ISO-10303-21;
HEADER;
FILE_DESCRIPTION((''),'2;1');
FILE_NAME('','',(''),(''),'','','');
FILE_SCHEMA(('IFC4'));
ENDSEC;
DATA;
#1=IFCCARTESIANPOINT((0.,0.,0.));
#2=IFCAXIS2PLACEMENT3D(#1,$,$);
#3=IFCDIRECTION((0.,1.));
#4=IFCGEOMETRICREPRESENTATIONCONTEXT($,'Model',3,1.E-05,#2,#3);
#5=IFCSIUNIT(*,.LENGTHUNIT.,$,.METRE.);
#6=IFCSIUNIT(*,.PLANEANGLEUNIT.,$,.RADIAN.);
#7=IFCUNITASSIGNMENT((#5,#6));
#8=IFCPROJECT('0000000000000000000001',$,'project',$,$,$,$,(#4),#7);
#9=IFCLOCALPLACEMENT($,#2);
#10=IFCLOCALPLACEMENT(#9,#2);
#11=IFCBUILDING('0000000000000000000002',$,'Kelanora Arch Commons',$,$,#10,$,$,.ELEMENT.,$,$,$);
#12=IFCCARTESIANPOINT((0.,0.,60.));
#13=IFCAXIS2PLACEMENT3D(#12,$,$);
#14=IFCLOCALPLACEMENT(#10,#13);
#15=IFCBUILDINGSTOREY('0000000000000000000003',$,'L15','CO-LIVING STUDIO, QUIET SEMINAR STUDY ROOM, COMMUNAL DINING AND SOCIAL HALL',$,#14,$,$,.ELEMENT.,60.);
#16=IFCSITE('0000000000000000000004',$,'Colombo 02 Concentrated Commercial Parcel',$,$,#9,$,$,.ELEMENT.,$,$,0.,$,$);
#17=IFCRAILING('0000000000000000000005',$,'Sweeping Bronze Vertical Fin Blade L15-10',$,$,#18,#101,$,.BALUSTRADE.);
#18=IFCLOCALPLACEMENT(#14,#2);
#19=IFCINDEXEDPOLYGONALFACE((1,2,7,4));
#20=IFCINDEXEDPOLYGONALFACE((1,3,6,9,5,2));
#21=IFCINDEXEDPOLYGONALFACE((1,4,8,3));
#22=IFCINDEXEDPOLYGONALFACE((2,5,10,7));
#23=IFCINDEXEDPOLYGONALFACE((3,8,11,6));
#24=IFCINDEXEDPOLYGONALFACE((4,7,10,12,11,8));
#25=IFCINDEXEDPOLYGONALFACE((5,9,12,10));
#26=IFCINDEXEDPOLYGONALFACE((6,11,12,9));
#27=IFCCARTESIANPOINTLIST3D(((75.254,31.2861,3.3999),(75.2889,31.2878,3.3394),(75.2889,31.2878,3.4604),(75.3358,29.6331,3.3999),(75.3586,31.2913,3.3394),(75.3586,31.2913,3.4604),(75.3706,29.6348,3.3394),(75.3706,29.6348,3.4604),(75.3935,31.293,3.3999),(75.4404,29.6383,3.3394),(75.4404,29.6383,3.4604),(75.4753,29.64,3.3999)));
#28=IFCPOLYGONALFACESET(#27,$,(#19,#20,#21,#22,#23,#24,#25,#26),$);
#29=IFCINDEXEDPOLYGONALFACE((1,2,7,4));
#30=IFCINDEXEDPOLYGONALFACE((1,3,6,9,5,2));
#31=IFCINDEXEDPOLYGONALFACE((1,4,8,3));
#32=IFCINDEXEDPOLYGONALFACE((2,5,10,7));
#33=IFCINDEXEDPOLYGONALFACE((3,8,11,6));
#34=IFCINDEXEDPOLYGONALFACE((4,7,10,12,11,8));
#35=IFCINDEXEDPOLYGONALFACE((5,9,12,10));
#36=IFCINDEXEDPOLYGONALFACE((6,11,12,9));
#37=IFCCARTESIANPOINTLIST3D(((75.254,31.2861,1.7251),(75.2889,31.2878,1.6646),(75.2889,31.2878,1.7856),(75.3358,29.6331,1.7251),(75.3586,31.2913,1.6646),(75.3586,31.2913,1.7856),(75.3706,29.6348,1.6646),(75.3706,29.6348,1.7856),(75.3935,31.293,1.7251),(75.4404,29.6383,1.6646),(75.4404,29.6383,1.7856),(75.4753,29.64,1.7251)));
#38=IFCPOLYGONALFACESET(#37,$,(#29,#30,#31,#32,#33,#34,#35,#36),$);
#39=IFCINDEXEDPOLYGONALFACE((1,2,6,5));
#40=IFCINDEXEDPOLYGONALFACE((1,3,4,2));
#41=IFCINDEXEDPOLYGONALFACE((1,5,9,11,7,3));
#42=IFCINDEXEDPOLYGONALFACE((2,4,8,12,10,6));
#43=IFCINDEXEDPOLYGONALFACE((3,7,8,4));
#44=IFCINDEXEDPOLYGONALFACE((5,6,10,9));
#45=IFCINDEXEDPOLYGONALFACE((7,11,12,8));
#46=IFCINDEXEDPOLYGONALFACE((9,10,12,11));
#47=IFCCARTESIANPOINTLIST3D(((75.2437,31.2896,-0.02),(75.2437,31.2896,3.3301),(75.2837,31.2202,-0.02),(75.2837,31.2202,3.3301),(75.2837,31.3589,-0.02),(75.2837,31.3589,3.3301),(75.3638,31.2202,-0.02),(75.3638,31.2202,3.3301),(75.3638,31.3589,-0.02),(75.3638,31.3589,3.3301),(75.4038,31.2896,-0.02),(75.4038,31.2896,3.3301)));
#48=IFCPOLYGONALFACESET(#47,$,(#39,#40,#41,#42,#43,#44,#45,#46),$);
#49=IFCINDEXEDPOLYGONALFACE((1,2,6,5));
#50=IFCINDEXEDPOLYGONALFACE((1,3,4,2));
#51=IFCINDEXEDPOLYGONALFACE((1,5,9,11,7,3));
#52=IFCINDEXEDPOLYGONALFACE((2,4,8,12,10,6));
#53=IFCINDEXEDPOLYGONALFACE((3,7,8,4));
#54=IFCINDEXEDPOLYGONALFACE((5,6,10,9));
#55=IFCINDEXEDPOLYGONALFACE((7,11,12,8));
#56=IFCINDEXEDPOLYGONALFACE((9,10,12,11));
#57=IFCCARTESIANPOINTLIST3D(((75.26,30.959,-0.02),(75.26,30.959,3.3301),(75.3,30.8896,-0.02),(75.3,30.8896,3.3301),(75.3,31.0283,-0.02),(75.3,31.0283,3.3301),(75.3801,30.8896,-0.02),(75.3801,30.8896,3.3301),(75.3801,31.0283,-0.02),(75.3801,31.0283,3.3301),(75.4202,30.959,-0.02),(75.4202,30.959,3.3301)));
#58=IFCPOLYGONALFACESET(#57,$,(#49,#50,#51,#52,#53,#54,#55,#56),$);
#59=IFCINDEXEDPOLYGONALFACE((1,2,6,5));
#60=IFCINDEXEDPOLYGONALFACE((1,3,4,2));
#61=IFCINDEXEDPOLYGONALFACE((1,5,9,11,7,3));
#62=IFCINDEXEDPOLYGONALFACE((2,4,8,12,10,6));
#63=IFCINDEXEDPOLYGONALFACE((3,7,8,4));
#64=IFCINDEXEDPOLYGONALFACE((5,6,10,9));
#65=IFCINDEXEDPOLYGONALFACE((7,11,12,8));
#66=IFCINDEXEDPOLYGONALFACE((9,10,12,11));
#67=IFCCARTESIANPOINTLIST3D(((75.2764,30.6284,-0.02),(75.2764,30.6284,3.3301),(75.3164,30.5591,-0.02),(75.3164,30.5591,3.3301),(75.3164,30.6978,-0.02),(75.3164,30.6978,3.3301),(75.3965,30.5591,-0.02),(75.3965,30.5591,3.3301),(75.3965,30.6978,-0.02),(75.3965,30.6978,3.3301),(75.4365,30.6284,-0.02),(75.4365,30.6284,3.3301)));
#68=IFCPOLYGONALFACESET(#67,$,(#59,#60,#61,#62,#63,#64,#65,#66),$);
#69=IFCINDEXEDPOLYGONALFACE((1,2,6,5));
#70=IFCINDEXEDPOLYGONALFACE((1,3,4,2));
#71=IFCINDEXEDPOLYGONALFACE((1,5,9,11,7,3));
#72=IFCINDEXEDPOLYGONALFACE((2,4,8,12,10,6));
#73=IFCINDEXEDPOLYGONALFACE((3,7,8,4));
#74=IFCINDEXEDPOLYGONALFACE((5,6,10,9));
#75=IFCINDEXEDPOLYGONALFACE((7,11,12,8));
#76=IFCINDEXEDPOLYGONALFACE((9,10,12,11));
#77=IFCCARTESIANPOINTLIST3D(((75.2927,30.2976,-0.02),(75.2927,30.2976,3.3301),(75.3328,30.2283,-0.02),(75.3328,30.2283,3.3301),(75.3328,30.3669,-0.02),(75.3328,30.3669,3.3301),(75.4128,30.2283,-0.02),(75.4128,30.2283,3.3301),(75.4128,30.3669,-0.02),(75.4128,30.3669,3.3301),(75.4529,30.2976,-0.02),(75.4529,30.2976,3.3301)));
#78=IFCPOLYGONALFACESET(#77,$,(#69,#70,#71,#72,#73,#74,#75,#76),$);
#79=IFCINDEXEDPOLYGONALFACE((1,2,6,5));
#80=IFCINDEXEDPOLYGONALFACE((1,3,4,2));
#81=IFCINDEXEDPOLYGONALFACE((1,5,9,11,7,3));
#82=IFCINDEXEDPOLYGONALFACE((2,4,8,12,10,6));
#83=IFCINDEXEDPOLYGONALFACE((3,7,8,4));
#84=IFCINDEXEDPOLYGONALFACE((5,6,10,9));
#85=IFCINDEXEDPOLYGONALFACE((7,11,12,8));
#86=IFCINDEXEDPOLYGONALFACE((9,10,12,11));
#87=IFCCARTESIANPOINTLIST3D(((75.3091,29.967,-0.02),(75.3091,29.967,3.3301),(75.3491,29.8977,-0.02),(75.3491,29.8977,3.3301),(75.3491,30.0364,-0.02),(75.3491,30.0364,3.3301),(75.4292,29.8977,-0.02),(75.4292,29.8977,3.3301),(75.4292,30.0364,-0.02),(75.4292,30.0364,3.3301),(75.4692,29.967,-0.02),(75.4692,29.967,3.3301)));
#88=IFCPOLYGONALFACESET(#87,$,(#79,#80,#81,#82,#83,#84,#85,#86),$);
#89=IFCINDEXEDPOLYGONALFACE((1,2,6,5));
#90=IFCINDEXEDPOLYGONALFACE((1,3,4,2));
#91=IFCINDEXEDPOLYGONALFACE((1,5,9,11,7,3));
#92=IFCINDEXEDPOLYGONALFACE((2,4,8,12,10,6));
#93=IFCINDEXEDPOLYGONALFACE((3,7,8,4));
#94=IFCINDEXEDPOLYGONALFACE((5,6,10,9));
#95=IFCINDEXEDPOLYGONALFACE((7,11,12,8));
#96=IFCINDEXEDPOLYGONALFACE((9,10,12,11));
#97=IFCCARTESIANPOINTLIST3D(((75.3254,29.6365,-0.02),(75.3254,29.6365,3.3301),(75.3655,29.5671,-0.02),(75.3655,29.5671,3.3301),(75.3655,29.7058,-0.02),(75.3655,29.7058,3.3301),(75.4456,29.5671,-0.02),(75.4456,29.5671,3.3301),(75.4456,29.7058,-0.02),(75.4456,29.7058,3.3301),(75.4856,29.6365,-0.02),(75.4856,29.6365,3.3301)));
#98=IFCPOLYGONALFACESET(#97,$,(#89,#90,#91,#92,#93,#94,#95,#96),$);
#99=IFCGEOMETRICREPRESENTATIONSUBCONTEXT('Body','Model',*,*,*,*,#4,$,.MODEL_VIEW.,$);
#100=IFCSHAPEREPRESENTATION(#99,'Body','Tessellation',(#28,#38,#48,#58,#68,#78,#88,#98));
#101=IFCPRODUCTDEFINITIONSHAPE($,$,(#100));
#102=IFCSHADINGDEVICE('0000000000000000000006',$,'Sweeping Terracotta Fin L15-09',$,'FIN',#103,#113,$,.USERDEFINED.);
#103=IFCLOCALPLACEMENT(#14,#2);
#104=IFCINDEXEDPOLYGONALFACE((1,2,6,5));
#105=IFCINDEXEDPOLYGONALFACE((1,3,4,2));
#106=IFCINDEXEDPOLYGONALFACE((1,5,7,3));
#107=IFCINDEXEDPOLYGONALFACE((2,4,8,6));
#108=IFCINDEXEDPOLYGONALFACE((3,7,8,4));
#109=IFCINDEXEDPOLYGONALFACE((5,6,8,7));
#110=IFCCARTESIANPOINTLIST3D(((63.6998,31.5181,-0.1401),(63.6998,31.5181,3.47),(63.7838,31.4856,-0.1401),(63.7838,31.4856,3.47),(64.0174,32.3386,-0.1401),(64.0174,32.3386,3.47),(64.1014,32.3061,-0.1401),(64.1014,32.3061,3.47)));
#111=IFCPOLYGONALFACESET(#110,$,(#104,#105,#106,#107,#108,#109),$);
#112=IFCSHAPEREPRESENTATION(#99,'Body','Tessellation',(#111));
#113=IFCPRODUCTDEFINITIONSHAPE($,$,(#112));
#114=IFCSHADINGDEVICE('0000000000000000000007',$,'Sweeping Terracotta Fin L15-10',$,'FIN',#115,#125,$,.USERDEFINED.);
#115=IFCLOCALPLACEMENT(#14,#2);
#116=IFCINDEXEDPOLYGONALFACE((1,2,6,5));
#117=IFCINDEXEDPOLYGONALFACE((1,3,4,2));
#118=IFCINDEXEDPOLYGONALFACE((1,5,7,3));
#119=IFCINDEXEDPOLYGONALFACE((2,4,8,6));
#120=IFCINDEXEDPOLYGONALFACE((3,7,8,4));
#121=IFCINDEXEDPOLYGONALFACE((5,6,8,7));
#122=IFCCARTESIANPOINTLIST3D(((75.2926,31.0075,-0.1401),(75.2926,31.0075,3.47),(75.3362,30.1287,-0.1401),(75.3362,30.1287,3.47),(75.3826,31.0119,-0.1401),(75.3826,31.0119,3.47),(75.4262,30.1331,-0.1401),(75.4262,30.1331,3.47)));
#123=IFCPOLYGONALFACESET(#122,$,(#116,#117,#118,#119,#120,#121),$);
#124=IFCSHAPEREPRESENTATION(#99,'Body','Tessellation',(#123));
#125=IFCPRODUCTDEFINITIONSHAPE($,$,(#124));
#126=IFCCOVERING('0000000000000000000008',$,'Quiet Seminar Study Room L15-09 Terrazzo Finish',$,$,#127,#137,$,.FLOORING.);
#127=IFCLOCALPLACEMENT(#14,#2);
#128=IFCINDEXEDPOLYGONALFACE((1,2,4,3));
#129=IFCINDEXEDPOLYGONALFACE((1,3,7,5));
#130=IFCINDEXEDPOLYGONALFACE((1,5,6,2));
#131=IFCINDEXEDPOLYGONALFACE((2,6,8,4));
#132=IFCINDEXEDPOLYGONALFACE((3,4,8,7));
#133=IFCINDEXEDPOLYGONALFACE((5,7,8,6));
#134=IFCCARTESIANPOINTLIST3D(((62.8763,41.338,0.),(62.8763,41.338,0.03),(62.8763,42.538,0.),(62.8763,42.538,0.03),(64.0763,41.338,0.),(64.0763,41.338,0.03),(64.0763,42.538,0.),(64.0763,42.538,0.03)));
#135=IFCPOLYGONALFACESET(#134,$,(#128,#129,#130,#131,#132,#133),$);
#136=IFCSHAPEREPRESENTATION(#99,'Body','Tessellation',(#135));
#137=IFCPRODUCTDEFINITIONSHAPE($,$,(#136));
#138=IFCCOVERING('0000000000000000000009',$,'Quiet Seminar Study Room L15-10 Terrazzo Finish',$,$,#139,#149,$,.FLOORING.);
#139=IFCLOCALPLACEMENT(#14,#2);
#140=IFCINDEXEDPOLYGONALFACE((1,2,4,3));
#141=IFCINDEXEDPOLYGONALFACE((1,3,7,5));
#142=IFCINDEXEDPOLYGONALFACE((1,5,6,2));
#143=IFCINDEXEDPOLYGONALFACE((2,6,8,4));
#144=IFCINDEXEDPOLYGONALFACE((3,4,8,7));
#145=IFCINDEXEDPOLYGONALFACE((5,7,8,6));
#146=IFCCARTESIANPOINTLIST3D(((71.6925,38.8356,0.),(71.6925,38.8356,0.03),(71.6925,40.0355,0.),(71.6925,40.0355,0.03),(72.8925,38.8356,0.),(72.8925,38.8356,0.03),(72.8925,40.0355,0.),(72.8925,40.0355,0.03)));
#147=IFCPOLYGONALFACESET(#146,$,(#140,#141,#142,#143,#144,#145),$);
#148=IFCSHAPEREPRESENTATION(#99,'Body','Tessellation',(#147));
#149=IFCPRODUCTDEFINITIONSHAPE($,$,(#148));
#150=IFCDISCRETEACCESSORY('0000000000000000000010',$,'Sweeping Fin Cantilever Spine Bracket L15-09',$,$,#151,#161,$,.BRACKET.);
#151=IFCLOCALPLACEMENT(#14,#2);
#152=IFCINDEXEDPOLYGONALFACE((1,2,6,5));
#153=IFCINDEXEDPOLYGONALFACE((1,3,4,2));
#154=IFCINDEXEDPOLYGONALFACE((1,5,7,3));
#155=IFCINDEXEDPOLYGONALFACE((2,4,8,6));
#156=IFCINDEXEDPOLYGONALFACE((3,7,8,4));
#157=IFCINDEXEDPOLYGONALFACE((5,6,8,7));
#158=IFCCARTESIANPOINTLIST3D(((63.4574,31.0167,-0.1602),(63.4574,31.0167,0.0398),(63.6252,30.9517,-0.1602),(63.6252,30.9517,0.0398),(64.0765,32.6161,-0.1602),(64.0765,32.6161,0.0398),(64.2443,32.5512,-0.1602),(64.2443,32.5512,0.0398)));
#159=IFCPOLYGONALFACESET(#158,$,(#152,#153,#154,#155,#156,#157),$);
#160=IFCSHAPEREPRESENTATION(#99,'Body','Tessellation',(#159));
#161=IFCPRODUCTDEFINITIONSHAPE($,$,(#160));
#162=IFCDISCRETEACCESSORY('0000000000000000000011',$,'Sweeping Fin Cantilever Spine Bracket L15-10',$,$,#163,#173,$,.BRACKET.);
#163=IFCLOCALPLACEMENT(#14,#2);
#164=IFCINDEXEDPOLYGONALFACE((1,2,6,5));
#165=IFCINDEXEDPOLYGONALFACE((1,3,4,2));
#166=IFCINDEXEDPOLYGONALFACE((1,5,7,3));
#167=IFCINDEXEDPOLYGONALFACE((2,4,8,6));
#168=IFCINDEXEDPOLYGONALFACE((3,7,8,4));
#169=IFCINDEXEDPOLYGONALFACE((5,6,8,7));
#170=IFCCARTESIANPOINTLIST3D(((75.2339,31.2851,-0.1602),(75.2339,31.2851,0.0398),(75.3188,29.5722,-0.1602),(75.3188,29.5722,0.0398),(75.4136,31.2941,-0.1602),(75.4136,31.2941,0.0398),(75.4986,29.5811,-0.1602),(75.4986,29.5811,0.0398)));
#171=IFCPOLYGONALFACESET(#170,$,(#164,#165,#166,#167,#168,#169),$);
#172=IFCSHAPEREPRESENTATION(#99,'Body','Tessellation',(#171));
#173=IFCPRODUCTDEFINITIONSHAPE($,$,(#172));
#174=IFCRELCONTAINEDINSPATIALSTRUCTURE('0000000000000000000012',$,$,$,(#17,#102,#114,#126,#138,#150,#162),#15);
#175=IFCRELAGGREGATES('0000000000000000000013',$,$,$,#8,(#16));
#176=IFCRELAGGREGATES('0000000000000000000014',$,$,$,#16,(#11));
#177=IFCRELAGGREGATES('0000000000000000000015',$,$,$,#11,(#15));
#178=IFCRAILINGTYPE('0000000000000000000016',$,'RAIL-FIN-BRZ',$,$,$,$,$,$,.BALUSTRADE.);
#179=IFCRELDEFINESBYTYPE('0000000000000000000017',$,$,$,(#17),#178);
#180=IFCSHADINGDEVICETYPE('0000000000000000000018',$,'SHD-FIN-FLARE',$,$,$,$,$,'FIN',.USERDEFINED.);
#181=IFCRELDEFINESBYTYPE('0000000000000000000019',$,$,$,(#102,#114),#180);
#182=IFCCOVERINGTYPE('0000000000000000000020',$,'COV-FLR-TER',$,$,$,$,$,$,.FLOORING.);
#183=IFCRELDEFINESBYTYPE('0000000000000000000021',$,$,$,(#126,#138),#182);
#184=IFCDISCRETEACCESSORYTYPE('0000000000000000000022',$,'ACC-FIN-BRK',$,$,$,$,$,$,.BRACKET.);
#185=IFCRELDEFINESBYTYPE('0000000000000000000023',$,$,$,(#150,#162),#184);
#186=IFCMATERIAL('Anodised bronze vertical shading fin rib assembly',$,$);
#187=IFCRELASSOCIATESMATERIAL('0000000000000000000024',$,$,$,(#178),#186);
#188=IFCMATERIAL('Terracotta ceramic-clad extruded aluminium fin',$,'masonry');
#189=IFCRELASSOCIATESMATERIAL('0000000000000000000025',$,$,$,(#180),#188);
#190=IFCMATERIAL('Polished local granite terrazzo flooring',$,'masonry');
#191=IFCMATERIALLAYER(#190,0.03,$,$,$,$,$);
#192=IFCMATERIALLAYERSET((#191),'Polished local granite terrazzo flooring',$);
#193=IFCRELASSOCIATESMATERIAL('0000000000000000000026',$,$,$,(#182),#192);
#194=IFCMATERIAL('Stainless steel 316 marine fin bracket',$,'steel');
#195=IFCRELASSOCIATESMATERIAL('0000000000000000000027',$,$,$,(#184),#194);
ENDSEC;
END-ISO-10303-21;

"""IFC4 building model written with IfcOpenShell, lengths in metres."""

from ifc_helpers import new_model, si_unit, direction, frame, origin, origin_2d, place, context, subcontext, project, spatial, polyline, rectangle, outline, extrude, source, transform, mapped, material, layer, layer_set, type_object, element, save


model = new_model("IFC4")

# Units and contexts
model_context = context("Model", 3, precision=1e-05, world=origin(), true_north=direction((0.0, 1.0)))
body_context = subcontext(model_context, "Body", "Model", "MODEL_VIEW")
ifc_project = project(units=[si_unit("LENGTHUNIT", "METRE"), si_unit("PLANEANGLEUNIT", "RADIAN")], contexts=[model_context])

# Site, building, storey
site_placement = place(None, origin())
site = spatial("IfcSite", under=ifc_project, at=site_placement, Name="Colombo 02 Concentrated Commercial Parcel", CompositionType="ELEMENT", RefElevation=0.0)
building_placement = place(site_placement, origin())
building = spatial("IfcBuilding", under=site, at=building_placement, Name="Kelanora Arch Commons", CompositionType="ELEMENT")
storey_placement = place(building_placement, frame((0.0, 0.0, 60.0)))
storey = spatial("IfcBuildingStorey", under=building, at=storey_placement, Name="L15", Description="CO-LIVING STUDIO, QUIET SEMINAR STUDY ROOM, COMMUNAL DINING AND SOCIAL HALL", CompositionType="ELEMENT", Elevation=60.0)

# Railing
ifc_material_1 = material(Name="Anodised bronze vertical shading fin rib assembly")
railing_type = type_object("IfcRailingType", Name="RAIL-FIN-BRZ", PredefinedType="BALUSTRADE", material=ifc_material_1)
railing_1_placement = place(storey_placement, frame((75.3237, 31.2896, -0.02)))
element("IfcRailing", 1, at=railing_1_placement, inside=storey, type_object=railing_type, Name="Sweeping Bronze Vertical Fin Blade L15-10", PredefinedType="BALUSTRADE", context=body_context, shape_type="SweptSolid", body=[
    extrude(outline(polyline([(0.0698, 0.0), (0.0349, 0.0605), (-0.0349, 0.0605), (-0.0698, 0.0), (-0.0349, -0.0605), (0.0349, -0.0605), (0.0698, 0.0)])), frame((0.0, 0.0, 3.4199), z_axis=(0.049415, -0.998778, 0.0), x_axis=(0.998778, 0.049415, 0.0)), (0.0, 0.0, 1.0), 1.655),
    extrude(outline(polyline([(0.0698, 0.0), (0.0349, 0.0605), (-0.0349, 0.0605), (-0.0698, 0.0), (-0.0349, -0.0605), (0.0349, -0.0605), (0.0698, 0.0)])), frame((0.0, 0.0, 1.7451), z_axis=(0.049415, -0.998778, 0.0), x_axis=(0.998778, 0.049415, 0.0)), (0.0, 0.0, 1.0), 1.655),
    extrude(outline(polyline([(0.0801, 0.0), (0.04, 0.0693), (-0.04, 0.0693), (-0.0801, 0.0), (-0.04, -0.0693), (0.04, -0.0693), (0.0801, 0.0)])), origin(), (0.0, 0.0, 1.0), 3.3501),
    extrude(outline(polyline([(0.0801, 0.0), (0.04, 0.0693), (-0.04, 0.0693), (-0.0801, 0.0), (-0.04, -0.0693), (0.04, -0.0693), (0.0801, 0.0)])), frame((0.0164, -0.3306, 0.0)), (0.0, 0.0, 1.0), 3.3501),
    extrude(outline(polyline([(0.0801, 0.0), (0.04, 0.0693), (-0.04, 0.0693), (-0.0801, 0.0), (-0.04, -0.0693), (0.04, -0.0693), (0.0801, 0.0)])), frame((0.0327, -0.6611, 0.0)), (0.0, 0.0, 1.0), 3.3501),
    extrude(outline(polyline([(0.0801, 0.0), (0.04, 0.0693), (-0.04, 0.0693), (-0.0801, 0.0), (-0.04, -0.0693), (0.04, -0.0693), (0.0801, 0.0)])), frame((0.0491, -0.9919, 0.0)), (0.0, 0.0, 1.0), 3.3501),
    extrude(outline(polyline([(0.0801, 0.0), (0.04, 0.0693), (-0.04, 0.0693), (-0.0801, 0.0), (-0.04, -0.0693), (0.04, -0.0693), (0.0801, 0.0)])), frame((0.0654, -1.3225, 0.0)), (0.0, 0.0, 1.0), 3.3501),
    extrude(outline(polyline([(0.0801, 0.0), (0.04, 0.0693), (-0.04, 0.0693), (-0.0801, 0.0), (-0.04, -0.0693), (0.04, -0.0693), (0.0801, 0.0)])), frame((0.0818, -1.6531, 0.0)), (0.0, 0.0, 1.0), 3.3501),
])

# Shading devices
ifc_material_2 = material(Name="Terracotta ceramic-clad extruded aluminium fin", Category="masonry")
shading_device_type = type_object("IfcShadingDeviceType", Name="SHD-FIN-FLARE", ElementType="FIN", PredefinedType="USERDEFINED", material=ifc_material_2)
shared_shape_1 = source(origin(), body_context, "Body", "SweptSolid", [
    extrude(rectangle(XDim=0.8799, YDim=0.0901, at=origin_2d()), origin(), (0.0, 0.0, 1.0), 3.6101),
])
for number, where, z_axis, x_axis, name in (
    (2, (63.9006, 31.9121, -0.1401), (0.0, 0.0, 1.0), (-0.360974, -0.932576, 0.0), "Sweeping Terracotta Fin L15-09"),
    (3, (75.3594, 30.5703, -0.1401), (0.0, 0.0, 1.0), (0.049547, -0.998772, 0.0), "Sweeping Terracotta Fin L15-10"),
):
    element("IfcShadingDevice", number, at=place(storey_placement, frame(where, z_axis=z_axis, x_axis=x_axis)), inside=storey, type_object=shading_device_type, Name=name, ObjectType="FIN", PredefinedType="USERDEFINED", context=body_context, shape_type="MappedRepresentation", body=[
        mapped(shared_shape_1, transform((0.0, 0.0, 0.0), scale=1.0)),
    ])

# Coverings
ifc_material_3 = material(Name="Polished local granite terrazzo flooring", Category="masonry")
ifc_layer_1 = layer(ifc_material_3, 0.03)
ifc_layer_set_1 = layer_set([ifc_layer_1], Name="Polished local granite terrazzo flooring")
covering_type = type_object("IfcCoveringType", Name="COV-FLR-TER", PredefinedType="FLOORING", material=ifc_layer_set_1)
shared_shape_2 = source(origin(), body_context, "Body", "SweptSolid", [
    extrude(rectangle(XDim=1.2, YDim=1.2, at=origin_2d()), origin(), (0.0, 0.0, 1.0), 0.03),
])
for number, where, z_axis, x_axis, name in (
    (4, (63.4763, 41.938, 0.0), (0.0, 0.0, 1.0), (1.0, 0.0, 0.0), "Quiet Seminar Study Room L15-09 Terrazzo Finish"),
    (5, (72.2925, 39.4355, 0.0), (0.0, 0.0, 1.0), (1.0, 0.0, 0.0), "Quiet Seminar Study Room L15-10 Terrazzo Finish"),
):
    element("IfcCovering", number, at=place(storey_placement, frame(where, z_axis=z_axis, x_axis=x_axis)), inside=storey, type_object=covering_type, Name=name, PredefinedType="FLOORING", context=body_context, shape_type="MappedRepresentation", body=[
        mapped(shared_shape_2, transform((0.0, 0.0, 0.0), scale=1.0)),
    ])

# Discrete accessories
ifc_material_4 = material(Name="Stainless steel 316 marine fin bracket", Category="steel")
discrete_accessory_type = type_object("IfcDiscreteAccessoryType", Name="ACC-FIN-BRK", PredefinedType="BRACKET", material=ifc_material_4)
shared_shape_3 = source(origin(), body_context, "Body", "SweptSolid", [
    extrude(rectangle(XDim=1.7151, YDim=0.1799, at=origin_2d()), origin(), (0.0, 0.0, 1.0), 0.2),
])
for number, where, z_axis, x_axis, name in (
    (6, (63.8508, 31.7839, -0.1602), (0.0, 0.0, 1.0), (-0.360974, -0.932576, 0.0), "Sweeping Fin Cantilever Spine Bracket L15-09"),
    (7, (75.3662, 30.4331, -0.1602), (0.0, 0.0, 1.0), (0.049547, -0.998772, 0.0), "Sweeping Fin Cantilever Spine Bracket L15-10"),
):
    element("IfcDiscreteAccessory", number, at=place(storey_placement, frame(where, z_axis=z_axis, x_axis=x_axis)), inside=storey, type_object=discrete_accessory_type, Name=name, PredefinedType="BRACKET", context=body_context, shape_type="MappedRepresentation", body=[
        mapped(shared_shape_3, transform((0.0, 0.0, 0.0), scale=1.0)),
    ])

save(model, "model.ifc")
